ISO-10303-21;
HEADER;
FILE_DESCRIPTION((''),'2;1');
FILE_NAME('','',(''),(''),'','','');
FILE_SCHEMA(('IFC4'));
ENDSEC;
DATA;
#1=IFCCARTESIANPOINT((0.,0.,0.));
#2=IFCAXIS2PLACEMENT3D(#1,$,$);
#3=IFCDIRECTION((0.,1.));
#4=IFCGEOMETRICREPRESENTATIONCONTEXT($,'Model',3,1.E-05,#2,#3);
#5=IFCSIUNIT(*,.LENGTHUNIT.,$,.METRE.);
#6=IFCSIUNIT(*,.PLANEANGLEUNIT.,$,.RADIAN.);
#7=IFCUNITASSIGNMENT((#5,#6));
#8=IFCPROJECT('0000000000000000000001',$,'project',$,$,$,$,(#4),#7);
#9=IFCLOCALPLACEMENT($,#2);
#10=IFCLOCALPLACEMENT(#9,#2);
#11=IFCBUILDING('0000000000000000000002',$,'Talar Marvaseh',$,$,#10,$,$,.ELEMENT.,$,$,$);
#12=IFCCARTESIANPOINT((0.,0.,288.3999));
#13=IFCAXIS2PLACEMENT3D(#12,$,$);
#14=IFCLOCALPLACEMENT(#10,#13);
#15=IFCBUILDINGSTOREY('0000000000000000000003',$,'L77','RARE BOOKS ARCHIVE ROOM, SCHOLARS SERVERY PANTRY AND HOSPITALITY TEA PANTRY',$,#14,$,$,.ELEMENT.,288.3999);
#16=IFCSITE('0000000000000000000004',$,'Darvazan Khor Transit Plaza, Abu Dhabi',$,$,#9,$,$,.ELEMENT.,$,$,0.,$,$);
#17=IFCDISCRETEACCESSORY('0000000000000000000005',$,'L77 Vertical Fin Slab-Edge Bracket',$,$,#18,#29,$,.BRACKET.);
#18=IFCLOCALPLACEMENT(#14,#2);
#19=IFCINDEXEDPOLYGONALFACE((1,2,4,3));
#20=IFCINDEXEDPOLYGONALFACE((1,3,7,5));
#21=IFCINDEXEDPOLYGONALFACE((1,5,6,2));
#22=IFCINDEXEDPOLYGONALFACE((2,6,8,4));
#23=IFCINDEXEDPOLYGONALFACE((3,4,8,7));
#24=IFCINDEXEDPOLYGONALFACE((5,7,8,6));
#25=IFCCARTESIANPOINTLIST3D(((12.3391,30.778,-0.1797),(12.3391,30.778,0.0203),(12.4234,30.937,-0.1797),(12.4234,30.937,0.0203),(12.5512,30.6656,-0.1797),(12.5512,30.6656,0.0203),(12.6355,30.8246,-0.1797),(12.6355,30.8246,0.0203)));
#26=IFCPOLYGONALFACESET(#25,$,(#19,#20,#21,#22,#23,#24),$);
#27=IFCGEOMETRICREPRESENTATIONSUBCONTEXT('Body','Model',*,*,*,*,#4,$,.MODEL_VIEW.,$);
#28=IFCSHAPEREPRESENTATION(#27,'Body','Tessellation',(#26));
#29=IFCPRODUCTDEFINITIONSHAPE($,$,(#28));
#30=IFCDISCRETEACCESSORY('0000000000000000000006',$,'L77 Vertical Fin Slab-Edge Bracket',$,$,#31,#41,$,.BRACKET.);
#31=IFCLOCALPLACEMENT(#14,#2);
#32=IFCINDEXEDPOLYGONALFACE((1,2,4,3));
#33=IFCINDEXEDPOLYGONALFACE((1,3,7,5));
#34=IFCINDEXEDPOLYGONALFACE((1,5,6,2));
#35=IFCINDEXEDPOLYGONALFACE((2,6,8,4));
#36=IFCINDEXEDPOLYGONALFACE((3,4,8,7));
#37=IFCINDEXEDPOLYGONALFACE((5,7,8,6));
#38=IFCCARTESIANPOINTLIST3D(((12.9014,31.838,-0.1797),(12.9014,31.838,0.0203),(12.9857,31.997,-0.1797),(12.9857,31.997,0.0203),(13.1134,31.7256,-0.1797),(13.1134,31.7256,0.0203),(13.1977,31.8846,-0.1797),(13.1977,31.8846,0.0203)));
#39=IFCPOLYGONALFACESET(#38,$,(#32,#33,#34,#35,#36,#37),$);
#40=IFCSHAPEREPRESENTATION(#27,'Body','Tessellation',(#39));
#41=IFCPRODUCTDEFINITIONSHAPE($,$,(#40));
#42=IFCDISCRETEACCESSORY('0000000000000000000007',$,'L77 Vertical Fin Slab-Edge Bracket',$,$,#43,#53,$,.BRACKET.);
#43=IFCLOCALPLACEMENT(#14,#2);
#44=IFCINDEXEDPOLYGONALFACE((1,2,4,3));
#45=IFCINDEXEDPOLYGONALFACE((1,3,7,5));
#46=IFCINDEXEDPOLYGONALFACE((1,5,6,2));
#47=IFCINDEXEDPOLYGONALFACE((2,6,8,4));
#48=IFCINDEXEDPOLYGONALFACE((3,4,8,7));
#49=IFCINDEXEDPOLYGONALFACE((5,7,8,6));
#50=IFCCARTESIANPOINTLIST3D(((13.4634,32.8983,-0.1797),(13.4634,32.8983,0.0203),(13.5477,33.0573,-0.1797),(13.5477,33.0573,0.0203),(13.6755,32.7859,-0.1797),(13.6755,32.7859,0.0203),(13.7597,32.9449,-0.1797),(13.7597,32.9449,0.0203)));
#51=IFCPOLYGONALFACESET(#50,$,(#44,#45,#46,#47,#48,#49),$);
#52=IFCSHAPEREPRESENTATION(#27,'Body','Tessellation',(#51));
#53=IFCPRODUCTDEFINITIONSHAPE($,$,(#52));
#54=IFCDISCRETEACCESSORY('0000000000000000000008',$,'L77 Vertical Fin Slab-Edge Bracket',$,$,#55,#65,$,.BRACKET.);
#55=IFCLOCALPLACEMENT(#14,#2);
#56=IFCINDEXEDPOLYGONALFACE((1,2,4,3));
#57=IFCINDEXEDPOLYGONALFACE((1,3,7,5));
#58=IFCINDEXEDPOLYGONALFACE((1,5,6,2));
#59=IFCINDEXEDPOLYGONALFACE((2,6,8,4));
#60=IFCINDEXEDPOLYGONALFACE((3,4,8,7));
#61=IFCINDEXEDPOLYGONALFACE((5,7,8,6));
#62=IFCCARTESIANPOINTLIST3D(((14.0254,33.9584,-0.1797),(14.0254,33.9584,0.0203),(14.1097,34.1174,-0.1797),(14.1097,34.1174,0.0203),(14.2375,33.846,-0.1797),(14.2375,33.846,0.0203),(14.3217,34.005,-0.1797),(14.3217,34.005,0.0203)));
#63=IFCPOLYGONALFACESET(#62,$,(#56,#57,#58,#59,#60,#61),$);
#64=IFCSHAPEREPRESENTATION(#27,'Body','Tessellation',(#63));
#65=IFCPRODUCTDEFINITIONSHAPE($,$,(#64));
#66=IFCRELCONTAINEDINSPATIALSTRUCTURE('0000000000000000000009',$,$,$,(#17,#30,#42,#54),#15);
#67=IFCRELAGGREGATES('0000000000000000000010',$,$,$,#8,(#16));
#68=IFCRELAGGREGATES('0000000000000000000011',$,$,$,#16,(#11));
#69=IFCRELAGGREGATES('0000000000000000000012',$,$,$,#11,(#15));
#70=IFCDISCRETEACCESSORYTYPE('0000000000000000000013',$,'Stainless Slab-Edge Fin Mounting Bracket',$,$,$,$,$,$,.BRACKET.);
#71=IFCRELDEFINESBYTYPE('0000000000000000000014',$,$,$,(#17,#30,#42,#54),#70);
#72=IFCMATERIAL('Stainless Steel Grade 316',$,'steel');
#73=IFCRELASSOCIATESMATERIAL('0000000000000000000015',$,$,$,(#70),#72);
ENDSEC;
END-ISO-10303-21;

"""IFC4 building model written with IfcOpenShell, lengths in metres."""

from ifc_helpers import new_model, si_unit, direction, frame, origin, origin_2d, place, context, subcontext, project, spatial, rectangle, extrude, source, transform, mapped, material, type_object, type_shapes, element, save


model = new_model("IFC4")

# Units and contexts
model_context = context("Model", 3, precision=1e-05, world=origin(), true_north=direction((0.0, 1.0)))
body_context = subcontext(model_context, "Body", "Model", "MODEL_VIEW")
ifc_project = project(units=[si_unit("LENGTHUNIT", "METRE"), si_unit("PLANEANGLEUNIT", "RADIAN")], contexts=[model_context])

# Site, building, storey
site_placement = place(None, origin())
site = spatial("IfcSite", under=ifc_project, at=site_placement, Name="Darvazan Khor Transit Plaza, Abu Dhabi", CompositionType="ELEMENT", RefElevation=0.0)
building_placement = place(site_placement, origin())
building = spatial("IfcBuilding", under=site, at=building_placement, Name="Talar Marvaseh", CompositionType="ELEMENT")
storey_placement = place(building_placement, frame((0.0, 0.0, 288.3999)))
storey = spatial("IfcBuildingStorey", under=building, at=storey_placement, Name="L77", Description="RARE BOOKS ARCHIVE ROOM, SCHOLARS SERVERY PANTRY AND HOSPITALITY TEA PANTRY", CompositionType="ELEMENT", Elevation=288.3999)

# Shared definitions
ifc_material_1 = material(Name="Stainless Steel Grade 316", Category="steel")

# Discrete accessories
discrete_accessory_type = type_object("IfcDiscreteAccessoryType", Name="Stainless Slab-Edge Fin Mounting Bracket", PredefinedType="BRACKET", material=ifc_material_1)
shared_shape_1 = source(origin(), body_context, "Body", "SweptSolid", [
    extrude(rectangle(XDim=0.24, YDim=0.1799, at=origin_2d()), origin(), (0.0, 0.0, 1.0), 0.2),
])
type_shapes(discrete_accessory_type, [shared_shape_1])
for number, where, z_axis, x_axis, name in (
    (1, (12.4873, 30.8013, -0.1797), (0.0, 0.0, 1.0), (-0.883521, 0.468392, 0.0), "L77 Vertical Fin Slab-Edge Bracket"),
    (2, (13.0496, 31.8613, -0.1797), (0.0, 0.0, 1.0), (-0.883521, 0.468392, 0.0), "L77 Vertical Fin Slab-Edge Bracket"),
    (3, (13.6116, 32.9216, -0.1797), (0.0, 0.0, 1.0), (-0.883521, 0.468392, 0.0), "L77 Vertical Fin Slab-Edge Bracket"),
    (4, (14.1736, 33.9817, -0.1797), (0.0, 0.0, 1.0), (-0.883521, 0.468392, 0.0), "L77 Vertical Fin Slab-Edge Bracket"),
):
    element("IfcDiscreteAccessory", number, at=place(storey_placement, frame(where, z_axis=z_axis, x_axis=x_axis)), inside=storey, type_object=discrete_accessory_type, Name=name, PredefinedType="BRACKET", context=body_context, shape_type="MappedRepresentation", body=[
        mapped(shared_shape_1, transform((0.0, 0.0, 0.0), x_axis=(1.0, 0.0, 0.0), y_axis=(0.0, 1.0, 0.0), z_axis=(0.0, 0.0, 1.0), scale=1.0)),
    ])

save(model, "model.ifc")
